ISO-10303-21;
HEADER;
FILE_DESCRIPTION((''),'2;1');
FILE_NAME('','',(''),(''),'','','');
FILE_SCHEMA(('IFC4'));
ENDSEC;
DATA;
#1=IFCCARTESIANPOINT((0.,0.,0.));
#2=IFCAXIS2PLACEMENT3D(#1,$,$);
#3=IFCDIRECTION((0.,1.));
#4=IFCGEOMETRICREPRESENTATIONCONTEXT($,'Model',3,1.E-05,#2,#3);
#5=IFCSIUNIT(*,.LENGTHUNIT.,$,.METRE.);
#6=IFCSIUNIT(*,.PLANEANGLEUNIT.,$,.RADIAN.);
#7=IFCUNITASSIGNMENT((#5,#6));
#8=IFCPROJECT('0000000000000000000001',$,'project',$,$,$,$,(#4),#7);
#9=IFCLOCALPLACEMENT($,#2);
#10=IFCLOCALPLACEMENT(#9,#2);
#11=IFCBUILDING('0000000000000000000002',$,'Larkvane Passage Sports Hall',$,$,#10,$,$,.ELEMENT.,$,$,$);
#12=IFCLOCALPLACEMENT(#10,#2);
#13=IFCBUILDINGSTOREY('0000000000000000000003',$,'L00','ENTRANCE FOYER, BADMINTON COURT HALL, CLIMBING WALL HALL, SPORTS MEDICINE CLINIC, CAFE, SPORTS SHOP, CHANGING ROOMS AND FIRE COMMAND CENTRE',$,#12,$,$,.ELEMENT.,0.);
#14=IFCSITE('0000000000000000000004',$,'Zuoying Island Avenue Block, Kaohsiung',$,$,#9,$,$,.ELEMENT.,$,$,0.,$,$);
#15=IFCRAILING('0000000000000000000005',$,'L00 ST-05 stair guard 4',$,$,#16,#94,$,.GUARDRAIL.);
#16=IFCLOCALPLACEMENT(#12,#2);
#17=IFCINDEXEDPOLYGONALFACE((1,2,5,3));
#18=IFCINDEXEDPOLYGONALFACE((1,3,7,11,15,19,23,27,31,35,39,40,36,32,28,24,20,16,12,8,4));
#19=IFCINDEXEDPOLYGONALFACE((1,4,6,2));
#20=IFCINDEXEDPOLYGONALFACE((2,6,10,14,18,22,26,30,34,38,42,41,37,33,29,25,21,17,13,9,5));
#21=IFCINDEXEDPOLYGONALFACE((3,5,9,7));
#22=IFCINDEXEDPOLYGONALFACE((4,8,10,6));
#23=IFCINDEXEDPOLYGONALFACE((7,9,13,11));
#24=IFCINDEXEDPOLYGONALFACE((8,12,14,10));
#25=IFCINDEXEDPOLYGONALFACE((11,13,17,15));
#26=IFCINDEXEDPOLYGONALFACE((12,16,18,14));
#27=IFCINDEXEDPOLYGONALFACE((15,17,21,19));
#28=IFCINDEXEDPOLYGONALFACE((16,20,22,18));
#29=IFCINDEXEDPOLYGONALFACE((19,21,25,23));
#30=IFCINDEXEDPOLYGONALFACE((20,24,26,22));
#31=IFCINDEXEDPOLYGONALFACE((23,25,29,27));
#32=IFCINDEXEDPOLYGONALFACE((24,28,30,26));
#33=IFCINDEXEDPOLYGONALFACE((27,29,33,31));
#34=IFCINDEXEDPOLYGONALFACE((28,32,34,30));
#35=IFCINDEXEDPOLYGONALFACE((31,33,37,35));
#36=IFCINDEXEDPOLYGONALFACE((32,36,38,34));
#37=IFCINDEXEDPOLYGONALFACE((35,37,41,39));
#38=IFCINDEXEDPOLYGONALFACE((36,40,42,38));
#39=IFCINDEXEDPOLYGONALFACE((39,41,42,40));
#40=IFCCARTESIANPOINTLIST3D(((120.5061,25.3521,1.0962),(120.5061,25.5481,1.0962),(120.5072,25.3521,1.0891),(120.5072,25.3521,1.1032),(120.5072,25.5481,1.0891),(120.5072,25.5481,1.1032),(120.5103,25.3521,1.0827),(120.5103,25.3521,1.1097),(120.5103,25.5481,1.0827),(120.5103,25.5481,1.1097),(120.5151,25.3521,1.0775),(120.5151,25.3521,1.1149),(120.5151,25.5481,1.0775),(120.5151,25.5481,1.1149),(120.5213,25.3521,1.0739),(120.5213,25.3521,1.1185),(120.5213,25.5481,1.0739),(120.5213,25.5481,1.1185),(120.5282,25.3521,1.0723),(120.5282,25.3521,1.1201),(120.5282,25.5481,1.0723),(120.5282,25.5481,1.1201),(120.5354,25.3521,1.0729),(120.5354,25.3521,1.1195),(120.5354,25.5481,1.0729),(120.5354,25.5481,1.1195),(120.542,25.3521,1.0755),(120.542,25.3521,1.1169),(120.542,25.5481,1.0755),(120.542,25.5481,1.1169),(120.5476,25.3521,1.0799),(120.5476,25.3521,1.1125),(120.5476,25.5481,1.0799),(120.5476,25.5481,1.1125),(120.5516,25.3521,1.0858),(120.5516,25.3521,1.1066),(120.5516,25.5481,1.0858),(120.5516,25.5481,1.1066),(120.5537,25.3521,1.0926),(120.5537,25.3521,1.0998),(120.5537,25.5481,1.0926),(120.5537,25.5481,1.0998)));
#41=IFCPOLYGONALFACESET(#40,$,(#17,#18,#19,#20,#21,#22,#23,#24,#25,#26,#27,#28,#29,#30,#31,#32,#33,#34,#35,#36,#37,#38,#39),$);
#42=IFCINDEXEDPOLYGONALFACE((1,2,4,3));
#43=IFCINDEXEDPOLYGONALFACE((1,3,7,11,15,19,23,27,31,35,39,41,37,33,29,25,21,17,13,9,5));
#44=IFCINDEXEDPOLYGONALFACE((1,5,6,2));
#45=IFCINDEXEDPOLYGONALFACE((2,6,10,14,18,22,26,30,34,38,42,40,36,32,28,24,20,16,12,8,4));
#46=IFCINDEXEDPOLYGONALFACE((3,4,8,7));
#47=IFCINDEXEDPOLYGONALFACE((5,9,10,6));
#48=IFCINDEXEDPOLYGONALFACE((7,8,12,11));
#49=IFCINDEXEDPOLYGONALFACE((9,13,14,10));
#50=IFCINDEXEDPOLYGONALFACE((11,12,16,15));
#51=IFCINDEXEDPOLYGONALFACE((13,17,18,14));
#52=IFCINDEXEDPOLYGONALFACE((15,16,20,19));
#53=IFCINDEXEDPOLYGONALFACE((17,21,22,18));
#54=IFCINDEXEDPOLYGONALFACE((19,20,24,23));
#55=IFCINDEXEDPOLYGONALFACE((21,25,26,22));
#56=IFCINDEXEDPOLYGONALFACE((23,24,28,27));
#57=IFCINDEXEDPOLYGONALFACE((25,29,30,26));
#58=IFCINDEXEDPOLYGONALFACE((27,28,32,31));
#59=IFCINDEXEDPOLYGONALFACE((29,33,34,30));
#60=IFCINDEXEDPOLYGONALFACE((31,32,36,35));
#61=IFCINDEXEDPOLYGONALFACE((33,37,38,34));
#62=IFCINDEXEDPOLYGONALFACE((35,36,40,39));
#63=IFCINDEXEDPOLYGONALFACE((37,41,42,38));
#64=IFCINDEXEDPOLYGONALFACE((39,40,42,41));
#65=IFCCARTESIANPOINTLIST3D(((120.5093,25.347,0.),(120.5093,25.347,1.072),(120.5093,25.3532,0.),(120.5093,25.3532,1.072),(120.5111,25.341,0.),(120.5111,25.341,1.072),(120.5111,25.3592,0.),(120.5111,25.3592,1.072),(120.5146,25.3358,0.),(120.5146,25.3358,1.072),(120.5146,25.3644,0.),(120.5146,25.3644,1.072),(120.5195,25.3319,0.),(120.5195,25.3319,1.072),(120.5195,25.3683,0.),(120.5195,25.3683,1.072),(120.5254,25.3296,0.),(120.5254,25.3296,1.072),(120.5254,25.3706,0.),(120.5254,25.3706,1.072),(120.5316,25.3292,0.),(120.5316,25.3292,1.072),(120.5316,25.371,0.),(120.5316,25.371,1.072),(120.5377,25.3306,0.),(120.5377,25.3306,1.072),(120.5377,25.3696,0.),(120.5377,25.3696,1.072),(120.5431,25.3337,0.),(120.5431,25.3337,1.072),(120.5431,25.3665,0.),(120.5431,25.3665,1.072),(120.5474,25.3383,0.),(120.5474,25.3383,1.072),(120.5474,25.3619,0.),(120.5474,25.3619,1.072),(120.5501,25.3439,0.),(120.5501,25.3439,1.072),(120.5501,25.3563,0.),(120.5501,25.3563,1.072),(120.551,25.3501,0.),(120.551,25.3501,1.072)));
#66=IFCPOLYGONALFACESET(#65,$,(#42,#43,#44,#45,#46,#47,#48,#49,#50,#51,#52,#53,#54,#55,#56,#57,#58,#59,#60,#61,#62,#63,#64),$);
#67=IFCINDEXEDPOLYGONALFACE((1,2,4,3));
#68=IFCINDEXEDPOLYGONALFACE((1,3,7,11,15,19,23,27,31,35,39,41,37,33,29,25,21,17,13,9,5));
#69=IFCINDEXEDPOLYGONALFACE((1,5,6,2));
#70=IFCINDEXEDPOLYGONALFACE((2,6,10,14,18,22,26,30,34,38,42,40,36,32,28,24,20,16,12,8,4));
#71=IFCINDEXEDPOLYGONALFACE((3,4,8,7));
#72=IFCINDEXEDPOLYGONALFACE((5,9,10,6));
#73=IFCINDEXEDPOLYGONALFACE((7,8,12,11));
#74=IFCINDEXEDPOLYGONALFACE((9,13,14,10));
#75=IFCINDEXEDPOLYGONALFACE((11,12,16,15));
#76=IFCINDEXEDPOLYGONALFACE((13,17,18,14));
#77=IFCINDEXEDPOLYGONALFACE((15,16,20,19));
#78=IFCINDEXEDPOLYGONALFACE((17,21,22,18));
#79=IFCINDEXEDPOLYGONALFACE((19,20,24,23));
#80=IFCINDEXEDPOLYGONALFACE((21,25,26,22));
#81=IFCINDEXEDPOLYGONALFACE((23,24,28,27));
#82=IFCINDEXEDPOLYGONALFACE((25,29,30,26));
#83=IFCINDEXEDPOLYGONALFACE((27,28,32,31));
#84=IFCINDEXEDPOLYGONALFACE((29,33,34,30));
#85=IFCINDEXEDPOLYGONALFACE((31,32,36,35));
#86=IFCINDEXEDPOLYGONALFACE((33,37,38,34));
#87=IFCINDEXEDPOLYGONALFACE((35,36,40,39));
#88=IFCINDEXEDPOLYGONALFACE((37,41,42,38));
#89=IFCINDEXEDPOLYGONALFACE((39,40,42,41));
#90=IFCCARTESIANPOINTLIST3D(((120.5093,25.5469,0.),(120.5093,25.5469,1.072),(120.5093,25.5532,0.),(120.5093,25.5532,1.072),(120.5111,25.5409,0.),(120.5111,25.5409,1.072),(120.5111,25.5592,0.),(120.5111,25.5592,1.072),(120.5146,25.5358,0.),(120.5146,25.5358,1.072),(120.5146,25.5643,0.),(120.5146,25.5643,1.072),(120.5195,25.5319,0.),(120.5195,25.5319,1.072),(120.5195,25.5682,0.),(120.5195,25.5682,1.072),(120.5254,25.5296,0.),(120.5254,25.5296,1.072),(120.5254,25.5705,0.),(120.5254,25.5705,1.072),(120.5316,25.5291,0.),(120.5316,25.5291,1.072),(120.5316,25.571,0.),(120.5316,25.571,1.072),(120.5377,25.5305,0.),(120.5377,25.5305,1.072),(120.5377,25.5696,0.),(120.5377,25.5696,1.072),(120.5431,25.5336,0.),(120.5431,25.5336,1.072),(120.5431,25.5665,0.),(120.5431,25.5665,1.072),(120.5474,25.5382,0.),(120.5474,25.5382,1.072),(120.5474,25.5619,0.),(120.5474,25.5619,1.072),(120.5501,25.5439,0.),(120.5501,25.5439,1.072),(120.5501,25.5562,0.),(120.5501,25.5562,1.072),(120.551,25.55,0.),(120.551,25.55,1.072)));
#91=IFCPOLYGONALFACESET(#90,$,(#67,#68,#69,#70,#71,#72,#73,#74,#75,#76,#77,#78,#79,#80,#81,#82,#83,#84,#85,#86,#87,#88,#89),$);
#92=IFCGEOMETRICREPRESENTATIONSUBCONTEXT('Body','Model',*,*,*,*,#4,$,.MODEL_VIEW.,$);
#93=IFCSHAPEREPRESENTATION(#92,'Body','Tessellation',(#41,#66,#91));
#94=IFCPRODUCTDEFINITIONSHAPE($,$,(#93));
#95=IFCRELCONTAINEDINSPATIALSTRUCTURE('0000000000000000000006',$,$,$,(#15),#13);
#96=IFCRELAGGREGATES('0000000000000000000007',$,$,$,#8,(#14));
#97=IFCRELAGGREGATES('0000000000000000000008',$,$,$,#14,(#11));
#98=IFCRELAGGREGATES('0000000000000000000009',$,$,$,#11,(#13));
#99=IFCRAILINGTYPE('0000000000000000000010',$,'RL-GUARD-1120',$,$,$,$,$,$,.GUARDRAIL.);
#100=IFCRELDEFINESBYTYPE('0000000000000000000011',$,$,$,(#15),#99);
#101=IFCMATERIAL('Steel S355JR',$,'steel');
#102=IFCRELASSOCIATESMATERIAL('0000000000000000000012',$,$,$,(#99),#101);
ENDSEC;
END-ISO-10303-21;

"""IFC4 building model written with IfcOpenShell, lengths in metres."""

from ifc_helpers import new_model, si_unit, direction, frame, origin, origin_2d, place, context, subcontext, project, spatial, circle, extrude, material, type_object, element, save


model = new_model("IFC4")

# Units and contexts
model_context = context("Model", 3, precision=1e-05, world=origin(), true_north=direction((0.0, 1.0)))
body_context = subcontext(model_context, "Body", "Model", "MODEL_VIEW")
ifc_project = project(units=[si_unit("LENGTHUNIT", "METRE"), si_unit("PLANEANGLEUNIT", "RADIAN")], contexts=[model_context])

# Site, building, storey
site_placement = place(None, origin())
site = spatial("IfcSite", under=ifc_project, at=site_placement, Name="Zuoying Island Avenue Block, Kaohsiung", CompositionType="ELEMENT", RefElevation=0.0)
building_placement = place(site_placement, origin())
building = spatial("IfcBuilding", under=site, at=building_placement, Name="Larkvane Passage Sports Hall", CompositionType="ELEMENT")
storey_placement = place(building_placement, origin())
storey = spatial("IfcBuildingStorey", under=building, at=storey_placement, Name="L00", Description="ENTRANCE FOYER, BADMINTON COURT HALL, CLIMBING WALL HALL, SPORTS MEDICINE CLINIC, CAFE, SPORTS SHOP, CHANGING ROOMS AND FIRE COMMAND CENTRE", CompositionType="ELEMENT", Elevation=0.0)

# Railing
ifc_material_1 = material(Name="Steel S355JR", Category="steel")
railing_type_1 = type_object("IfcRailingType", Name="RL-GUARD-1120", PredefinedType="GUARDRAIL", material=ifc_material_1)
railing_1_placement = place(storey_placement, frame((120.53, 25.3501, 0.0)))
element("IfcRailing", 1, at=railing_1_placement, inside=storey, type_object=railing_type_1, Name="L00 ST-05 stair guard 4", PredefinedType="GUARDRAIL", context=body_context, shape_type="SweptSolid", body=[
    extrude(circle(Radius=0.0239, at=origin_2d()), frame((0.0, 0.002, 1.0962), z_axis=(0.0, 1.0, 0.0), x_axis=(-1.0, 0.0, 0.0)), (0.0, 0.0, 1.0), 0.196),
    extrude(circle(Radius=0.021, at=origin_2d()), origin(), (0.0, 0.0, 1.0), 1.072),
    extrude(circle(Radius=0.021, at=origin_2d()), frame((0.0, 0.2, 0.0)), (0.0, 0.0, 1.0), 1.072),
])

save(model, "model.ifc")
